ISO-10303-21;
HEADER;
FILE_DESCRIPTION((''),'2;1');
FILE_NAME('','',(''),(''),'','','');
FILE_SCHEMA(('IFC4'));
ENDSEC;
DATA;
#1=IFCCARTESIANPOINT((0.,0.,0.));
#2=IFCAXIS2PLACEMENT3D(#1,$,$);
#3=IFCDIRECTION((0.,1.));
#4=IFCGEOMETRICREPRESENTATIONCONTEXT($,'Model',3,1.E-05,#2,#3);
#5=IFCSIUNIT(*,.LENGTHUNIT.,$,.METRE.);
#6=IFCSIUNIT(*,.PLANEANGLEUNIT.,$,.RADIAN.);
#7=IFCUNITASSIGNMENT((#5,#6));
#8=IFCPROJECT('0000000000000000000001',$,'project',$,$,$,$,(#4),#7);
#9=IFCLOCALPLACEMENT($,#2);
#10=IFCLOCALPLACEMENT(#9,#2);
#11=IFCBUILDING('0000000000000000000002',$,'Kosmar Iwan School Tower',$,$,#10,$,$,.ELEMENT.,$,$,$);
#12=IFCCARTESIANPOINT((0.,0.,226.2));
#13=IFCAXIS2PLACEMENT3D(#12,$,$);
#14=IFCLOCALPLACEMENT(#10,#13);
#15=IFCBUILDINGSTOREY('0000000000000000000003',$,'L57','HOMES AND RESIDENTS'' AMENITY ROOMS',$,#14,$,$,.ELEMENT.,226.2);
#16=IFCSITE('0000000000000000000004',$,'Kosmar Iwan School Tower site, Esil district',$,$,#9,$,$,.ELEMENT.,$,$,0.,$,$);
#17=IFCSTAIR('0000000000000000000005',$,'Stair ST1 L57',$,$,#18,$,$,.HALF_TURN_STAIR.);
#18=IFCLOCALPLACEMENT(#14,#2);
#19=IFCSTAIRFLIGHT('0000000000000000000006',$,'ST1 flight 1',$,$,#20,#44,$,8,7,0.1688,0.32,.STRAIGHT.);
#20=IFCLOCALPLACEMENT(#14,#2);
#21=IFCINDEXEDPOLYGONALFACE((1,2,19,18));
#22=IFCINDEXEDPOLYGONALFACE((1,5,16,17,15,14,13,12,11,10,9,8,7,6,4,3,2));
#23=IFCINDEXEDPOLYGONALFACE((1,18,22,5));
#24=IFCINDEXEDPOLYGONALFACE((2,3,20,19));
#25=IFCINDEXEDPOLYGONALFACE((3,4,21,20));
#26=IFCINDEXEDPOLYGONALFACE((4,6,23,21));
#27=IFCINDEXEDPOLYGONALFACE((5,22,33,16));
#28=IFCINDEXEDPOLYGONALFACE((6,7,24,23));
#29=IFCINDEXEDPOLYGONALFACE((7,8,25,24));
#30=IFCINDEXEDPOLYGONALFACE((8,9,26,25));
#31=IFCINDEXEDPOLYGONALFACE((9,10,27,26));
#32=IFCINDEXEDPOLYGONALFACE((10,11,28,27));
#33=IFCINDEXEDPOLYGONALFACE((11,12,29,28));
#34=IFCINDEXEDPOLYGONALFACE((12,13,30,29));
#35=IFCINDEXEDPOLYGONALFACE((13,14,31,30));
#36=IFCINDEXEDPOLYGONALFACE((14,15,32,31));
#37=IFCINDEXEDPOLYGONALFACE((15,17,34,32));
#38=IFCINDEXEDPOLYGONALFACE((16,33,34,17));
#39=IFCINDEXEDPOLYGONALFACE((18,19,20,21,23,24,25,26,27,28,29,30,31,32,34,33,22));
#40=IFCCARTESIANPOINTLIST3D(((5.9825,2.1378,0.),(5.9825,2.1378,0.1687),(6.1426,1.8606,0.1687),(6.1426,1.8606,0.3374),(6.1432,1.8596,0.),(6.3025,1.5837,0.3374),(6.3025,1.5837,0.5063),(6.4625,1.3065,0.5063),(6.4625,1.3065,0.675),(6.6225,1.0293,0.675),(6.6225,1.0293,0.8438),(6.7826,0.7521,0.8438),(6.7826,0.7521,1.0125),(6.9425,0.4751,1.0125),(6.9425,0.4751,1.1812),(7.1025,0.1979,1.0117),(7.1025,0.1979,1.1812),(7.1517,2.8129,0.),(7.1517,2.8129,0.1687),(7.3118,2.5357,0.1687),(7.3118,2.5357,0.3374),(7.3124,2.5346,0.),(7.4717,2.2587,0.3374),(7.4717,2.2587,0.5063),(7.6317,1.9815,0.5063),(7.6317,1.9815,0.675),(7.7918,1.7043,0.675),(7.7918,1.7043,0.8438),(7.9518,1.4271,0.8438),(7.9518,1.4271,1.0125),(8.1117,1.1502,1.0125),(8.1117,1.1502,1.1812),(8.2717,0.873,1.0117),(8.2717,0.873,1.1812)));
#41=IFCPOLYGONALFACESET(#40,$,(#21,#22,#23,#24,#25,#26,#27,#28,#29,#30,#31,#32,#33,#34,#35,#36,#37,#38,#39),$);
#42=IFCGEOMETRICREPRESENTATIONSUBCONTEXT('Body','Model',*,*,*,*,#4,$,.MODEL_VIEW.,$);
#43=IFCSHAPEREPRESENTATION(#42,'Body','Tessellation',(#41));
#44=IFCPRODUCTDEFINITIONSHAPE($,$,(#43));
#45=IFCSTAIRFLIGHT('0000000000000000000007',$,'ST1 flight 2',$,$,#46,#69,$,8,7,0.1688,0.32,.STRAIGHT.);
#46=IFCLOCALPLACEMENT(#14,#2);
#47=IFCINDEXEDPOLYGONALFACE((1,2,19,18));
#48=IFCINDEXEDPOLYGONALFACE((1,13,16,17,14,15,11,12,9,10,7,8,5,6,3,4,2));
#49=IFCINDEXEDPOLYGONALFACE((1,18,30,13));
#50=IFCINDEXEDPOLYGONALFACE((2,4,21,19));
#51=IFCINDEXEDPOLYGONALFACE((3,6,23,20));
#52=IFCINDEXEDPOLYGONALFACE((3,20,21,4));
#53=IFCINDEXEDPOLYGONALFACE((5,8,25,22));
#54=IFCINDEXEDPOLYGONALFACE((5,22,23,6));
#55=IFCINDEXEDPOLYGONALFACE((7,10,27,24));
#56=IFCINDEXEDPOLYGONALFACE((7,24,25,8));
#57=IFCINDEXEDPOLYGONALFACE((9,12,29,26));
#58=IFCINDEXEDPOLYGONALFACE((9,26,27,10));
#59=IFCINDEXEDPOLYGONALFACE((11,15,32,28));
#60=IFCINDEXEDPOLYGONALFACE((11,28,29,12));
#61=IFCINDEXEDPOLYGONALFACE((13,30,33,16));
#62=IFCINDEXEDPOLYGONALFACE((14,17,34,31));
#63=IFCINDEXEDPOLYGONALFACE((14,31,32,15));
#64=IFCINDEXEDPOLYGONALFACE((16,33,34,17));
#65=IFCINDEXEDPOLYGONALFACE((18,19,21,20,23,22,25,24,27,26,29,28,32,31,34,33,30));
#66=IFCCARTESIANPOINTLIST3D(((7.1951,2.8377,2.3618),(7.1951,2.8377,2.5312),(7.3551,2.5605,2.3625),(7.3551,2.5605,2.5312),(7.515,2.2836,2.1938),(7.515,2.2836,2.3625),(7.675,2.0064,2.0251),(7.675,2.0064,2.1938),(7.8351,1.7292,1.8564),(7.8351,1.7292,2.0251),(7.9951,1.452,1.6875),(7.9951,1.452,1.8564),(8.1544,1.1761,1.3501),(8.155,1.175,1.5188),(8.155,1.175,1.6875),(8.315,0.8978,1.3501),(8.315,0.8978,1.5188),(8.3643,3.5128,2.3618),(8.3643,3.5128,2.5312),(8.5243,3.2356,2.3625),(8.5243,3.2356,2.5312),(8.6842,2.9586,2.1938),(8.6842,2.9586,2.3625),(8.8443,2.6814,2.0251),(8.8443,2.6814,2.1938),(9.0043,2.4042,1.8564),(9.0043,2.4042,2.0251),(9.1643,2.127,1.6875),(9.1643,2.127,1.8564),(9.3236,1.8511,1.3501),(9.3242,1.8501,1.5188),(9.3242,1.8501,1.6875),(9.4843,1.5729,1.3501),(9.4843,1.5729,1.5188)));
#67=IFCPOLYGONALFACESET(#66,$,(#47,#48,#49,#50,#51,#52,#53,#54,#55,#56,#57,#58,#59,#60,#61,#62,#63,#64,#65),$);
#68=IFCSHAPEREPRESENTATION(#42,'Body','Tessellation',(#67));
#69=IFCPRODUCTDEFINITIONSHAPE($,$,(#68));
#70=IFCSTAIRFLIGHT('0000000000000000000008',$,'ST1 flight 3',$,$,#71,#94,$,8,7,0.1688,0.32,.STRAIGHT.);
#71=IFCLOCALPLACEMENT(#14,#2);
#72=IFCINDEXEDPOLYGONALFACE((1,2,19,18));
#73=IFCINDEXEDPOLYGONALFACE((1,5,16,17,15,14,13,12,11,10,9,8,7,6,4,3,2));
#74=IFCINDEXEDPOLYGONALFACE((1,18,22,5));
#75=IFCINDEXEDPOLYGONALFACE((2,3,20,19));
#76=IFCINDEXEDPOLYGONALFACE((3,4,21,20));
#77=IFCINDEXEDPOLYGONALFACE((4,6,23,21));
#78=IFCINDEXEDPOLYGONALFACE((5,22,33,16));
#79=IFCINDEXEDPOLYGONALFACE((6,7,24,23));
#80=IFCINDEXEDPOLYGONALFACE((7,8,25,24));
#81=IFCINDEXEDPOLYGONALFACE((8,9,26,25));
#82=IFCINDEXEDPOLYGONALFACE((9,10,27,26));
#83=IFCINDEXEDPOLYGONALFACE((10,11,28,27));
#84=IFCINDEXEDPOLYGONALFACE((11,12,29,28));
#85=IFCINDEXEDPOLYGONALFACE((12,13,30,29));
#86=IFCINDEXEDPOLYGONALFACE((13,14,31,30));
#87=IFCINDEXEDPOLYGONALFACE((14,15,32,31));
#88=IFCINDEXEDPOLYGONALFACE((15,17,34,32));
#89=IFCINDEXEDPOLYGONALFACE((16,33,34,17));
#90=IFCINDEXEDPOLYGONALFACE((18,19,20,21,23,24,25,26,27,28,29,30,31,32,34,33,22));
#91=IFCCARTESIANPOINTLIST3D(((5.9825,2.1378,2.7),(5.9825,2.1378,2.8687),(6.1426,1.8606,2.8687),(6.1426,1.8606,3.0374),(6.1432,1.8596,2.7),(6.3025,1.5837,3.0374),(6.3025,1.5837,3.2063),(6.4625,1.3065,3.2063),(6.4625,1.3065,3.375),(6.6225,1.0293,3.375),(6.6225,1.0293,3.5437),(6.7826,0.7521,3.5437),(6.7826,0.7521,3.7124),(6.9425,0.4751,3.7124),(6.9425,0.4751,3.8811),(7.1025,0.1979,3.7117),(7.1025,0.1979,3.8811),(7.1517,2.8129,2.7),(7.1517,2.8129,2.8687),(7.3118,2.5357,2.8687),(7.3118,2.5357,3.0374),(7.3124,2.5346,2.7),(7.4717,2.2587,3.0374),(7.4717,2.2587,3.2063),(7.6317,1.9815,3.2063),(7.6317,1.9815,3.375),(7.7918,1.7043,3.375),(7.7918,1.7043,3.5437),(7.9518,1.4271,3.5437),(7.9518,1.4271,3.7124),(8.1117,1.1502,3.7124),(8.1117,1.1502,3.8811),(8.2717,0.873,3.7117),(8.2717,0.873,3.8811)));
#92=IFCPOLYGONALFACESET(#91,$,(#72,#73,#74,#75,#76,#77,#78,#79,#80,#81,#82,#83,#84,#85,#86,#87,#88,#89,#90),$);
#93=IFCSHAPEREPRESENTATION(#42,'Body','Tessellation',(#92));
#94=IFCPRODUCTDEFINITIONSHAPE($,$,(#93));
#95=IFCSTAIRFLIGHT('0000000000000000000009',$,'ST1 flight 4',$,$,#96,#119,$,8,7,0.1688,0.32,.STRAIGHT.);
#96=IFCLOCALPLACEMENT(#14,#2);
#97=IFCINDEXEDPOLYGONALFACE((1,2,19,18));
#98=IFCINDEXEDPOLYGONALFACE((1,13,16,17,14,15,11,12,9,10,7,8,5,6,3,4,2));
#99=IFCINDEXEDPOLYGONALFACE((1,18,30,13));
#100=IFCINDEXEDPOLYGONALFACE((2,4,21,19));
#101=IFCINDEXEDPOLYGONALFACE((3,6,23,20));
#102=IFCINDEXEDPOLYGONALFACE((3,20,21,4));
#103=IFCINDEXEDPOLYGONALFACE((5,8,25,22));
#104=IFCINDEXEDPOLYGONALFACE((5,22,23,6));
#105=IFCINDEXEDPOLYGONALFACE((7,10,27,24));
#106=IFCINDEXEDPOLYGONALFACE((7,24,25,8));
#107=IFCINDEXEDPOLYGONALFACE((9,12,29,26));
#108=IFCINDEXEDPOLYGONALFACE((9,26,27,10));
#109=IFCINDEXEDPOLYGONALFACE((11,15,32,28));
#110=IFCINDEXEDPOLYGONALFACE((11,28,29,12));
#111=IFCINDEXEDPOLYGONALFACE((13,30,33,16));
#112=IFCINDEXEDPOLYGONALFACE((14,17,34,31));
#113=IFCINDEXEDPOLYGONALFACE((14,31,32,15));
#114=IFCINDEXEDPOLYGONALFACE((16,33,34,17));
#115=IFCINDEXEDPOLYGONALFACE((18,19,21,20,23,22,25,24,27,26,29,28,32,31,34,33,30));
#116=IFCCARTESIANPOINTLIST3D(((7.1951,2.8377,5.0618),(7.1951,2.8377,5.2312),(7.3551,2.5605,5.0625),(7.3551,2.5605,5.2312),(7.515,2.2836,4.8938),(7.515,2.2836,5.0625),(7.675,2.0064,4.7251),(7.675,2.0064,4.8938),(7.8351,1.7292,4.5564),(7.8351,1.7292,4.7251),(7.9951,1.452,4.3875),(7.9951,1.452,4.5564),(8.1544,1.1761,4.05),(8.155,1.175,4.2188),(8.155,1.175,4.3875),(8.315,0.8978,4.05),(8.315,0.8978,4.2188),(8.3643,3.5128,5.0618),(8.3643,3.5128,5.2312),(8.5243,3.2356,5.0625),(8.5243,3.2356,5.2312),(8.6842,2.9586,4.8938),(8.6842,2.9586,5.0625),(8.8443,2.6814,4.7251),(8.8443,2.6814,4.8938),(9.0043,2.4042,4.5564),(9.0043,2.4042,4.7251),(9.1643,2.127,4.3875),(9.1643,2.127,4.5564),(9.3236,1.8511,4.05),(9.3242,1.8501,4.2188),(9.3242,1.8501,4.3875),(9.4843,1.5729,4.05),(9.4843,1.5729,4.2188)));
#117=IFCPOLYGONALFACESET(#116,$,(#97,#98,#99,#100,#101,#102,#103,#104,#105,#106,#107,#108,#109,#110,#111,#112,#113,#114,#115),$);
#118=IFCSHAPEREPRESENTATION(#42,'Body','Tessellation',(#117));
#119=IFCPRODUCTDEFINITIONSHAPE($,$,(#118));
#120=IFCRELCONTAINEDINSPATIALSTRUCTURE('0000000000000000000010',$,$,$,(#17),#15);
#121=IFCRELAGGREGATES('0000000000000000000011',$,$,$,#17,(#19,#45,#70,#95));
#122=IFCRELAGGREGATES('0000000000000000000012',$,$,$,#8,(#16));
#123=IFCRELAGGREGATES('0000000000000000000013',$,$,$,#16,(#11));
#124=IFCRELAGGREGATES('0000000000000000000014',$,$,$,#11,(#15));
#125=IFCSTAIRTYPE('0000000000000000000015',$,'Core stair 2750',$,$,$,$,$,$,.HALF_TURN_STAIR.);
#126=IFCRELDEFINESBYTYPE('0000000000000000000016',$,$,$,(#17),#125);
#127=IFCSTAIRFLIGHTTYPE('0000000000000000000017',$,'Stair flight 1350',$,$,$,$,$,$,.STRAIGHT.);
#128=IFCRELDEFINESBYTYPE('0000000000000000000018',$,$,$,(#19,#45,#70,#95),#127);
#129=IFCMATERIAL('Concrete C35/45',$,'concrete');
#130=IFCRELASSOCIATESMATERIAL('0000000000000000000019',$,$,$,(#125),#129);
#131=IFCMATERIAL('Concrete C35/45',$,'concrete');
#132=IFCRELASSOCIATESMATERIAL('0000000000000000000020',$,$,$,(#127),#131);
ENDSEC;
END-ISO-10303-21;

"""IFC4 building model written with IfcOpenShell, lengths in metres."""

from ifc_helpers import new_model, si_unit, direction, frame, origin, place, context, subcontext, project, spatial, polyline, outline, extrude, material, type_object, element, aggregate, save


model = new_model("IFC4")

# Units and contexts
model_context = context("Model", 3, precision=1e-05, world=origin(), true_north=direction((0.0, 1.0)))
body_context = subcontext(model_context, "Body", "Model", "MODEL_VIEW")
ifc_project = project(units=[si_unit("LENGTHUNIT", "METRE"), si_unit("PLANEANGLEUNIT", "RADIAN")], contexts=[model_context])

# Site, building, storey
site_placement = place(None, origin())
site = spatial("IfcSite", under=ifc_project, at=site_placement, Name="Kosmar Iwan School Tower site, Esil district", CompositionType="ELEMENT", RefElevation=0.0)
building_placement = place(site_placement, origin())
building = spatial("IfcBuilding", under=site, at=building_placement, Name="Kosmar Iwan School Tower", CompositionType="ELEMENT")
storey_placement = place(building_placement, frame((0.0, 0.0, 226.2)))
storey = spatial("IfcBuildingStorey", under=building, at=storey_placement, Name="L57", Description="HOMES AND RESIDENTS' AMENITY ROOMS", CompositionType="ELEMENT", Elevation=226.2)

# Stair, stair flights
ifc_material_1 = material(Name="Concrete C35/45", Category="concrete")
stair_type = type_object("IfcStairType", Name="Core stair 2750", PredefinedType="HALF_TURN_STAIR", material=ifc_material_1)
stair_placement = place(storey_placement, origin())
stair = element("IfcStair", 1, at=stair_placement, inside=storey, type_object=stair_type, Name="Stair ST1 L57", PredefinedType="HALF_TURN_STAIR")
ifc_material_2 = material(Name="Concrete C35/45", Category="concrete")
stair_flight_type = type_object("IfcStairFlightType", Name="Stair flight 1350", PredefinedType="STRAIGHT", material=ifc_material_2)
stair_flight_1_placement = place(storey_placement, frame((6.5671, 2.4753, 0.0), z_axis=(0.0, 0.0, 1.0), x_axis=(0.5, -0.866025, 0.0)))
stair_flight_1 = element("IfcStairFlight", 2, at=stair_flight_1_placement, type_object=stair_flight_type, Name="ST1 flight 1", NumberOfRisers=8, NumberOfTreads=7, PredefinedType="STRAIGHT", RiserHeight=0.1688, TreadLength=0.32, context=body_context, shape_type="SweptSolid", body=[
    extrude(outline(polyline([(0.0, 0.0), (0.0, 0.1687), (0.3201, 0.1687), (0.3201, 0.3374), (0.6399, 0.3374), (0.6399, 0.5063), (0.96, 0.5063), (0.96, 0.675), (1.28, 0.675), (1.28, 0.8438), (1.6001, 0.8438), (1.6001, 1.0125), (1.9199, 1.0125), (1.9199, 1.1812), (2.24, 1.1812), (2.24, 1.3501), (2.24, 1.0117), (0.3213, 0.0), (0.0, 0.0)])), frame((0.0, 0.675, 0.0), z_axis=(0.0, -1.0, 0.0), x_axis=(1.0, 0.0, 0.0)), (0.0, 0.0, 1.0), 1.3501),
])
stair_flight_2_placement = place(storey_placement, frame((8.8997, 1.2354, 1.3501), z_axis=(0.0, 0.0, 1.0), x_axis=(-0.5, 0.866025, 0.0)))
stair_flight_2 = element("IfcStairFlight", 3, at=stair_flight_2_placement, type_object=stair_flight_type, Name="ST1 flight 2", NumberOfRisers=8, NumberOfTreads=7, PredefinedType="STRAIGHT", RiserHeight=0.1688, TreadLength=0.32, context=body_context, shape_type="SweptSolid", body=[
    extrude(outline(polyline([(0.0, 0.0), (0.0, 0.1687), (0.3201, 0.1687), (0.3201, 0.3374), (0.6399, 0.3374), (0.6399, 0.5063), (0.96, 0.5063), (0.96, 0.675), (1.28, 0.675), (1.28, 0.8438), (1.6001, 0.8438), (1.6001, 1.0125), (1.9199, 1.0125), (1.9199, 1.1812), (2.24, 1.1812), (2.24, 1.3501), (2.24, 1.0117), (0.3213, 0.0), (0.0, 0.0)])), frame((0.0, 0.675, 0.0), z_axis=(0.0, -1.0, 0.0), x_axis=(1.0, 0.0, 0.0)), (0.0, 0.0, 1.0), 1.3501),
])
stair_flight_3_placement = place(storey_placement, frame((6.5671, 2.4753, 2.7), z_axis=(0.0, 0.0, 1.0), x_axis=(0.5, -0.866025, 0.0)))
stair_flight_3 = element("IfcStairFlight", 4, at=stair_flight_3_placement, type_object=stair_flight_type, Name="ST1 flight 3", NumberOfRisers=8, NumberOfTreads=7, PredefinedType="STRAIGHT", RiserHeight=0.1688, TreadLength=0.32, context=body_context, shape_type="SweptSolid", body=[
    extrude(outline(polyline([(0.0, 0.0), (0.0, 0.1687), (0.3201, 0.1687), (0.3201, 0.3374), (0.6399, 0.3374), (0.6399, 0.5063), (0.96, 0.5063), (0.96, 0.675), (1.28, 0.675), (1.28, 0.8438), (1.6001, 0.8438), (1.6001, 1.0125), (1.9199, 1.0125), (1.9199, 1.1812), (2.24, 1.1812), (2.24, 1.3501), (2.24, 1.0117), (0.3213, 0.0), (0.0, 0.0)])), frame((0.0, 0.675, 0.0), z_axis=(0.0, -1.0, 0.0), x_axis=(1.0, 0.0, 0.0)), (0.0, 0.0, 1.0), 1.3501),
])
stair_flight_4_placement = place(storey_placement, frame((8.8997, 1.2354, 4.05), z_axis=(0.0, 0.0, 1.0), x_axis=(-0.5, 0.866025, 0.0)))
stair_flight_4 = element("IfcStairFlight", 5, at=stair_flight_4_placement, type_object=stair_flight_type, Name="ST1 flight 4", NumberOfRisers=8, NumberOfTreads=7, PredefinedType="STRAIGHT", RiserHeight=0.1688, TreadLength=0.32, context=body_context, shape_type="SweptSolid", body=[
    extrude(outline(polyline([(0.0, 0.0), (0.0, 0.1687), (0.3201, 0.1687), (0.3201, 0.3374), (0.6399, 0.3374), (0.6399, 0.5063), (0.96, 0.5063), (0.96, 0.675), (1.28, 0.675), (1.28, 0.8438), (1.6001, 0.8438), (1.6001, 1.0125), (1.9199, 1.0125), (1.9199, 1.1812), (2.24, 1.1812), (2.24, 1.3501), (2.24, 1.0117), (0.3213, 0.0), (0.0, 0.0)])), frame((0.0, 0.675, 0.0), z_axis=(0.0, -1.0, 0.0), x_axis=(1.0, 0.0, 0.0)), (0.0, 0.0, 1.0), 1.3501),
])
aggregate(stair, [stair_flight_1, stair_flight_2, stair_flight_3, stair_flight_4])

save(model, "model.ifc")
